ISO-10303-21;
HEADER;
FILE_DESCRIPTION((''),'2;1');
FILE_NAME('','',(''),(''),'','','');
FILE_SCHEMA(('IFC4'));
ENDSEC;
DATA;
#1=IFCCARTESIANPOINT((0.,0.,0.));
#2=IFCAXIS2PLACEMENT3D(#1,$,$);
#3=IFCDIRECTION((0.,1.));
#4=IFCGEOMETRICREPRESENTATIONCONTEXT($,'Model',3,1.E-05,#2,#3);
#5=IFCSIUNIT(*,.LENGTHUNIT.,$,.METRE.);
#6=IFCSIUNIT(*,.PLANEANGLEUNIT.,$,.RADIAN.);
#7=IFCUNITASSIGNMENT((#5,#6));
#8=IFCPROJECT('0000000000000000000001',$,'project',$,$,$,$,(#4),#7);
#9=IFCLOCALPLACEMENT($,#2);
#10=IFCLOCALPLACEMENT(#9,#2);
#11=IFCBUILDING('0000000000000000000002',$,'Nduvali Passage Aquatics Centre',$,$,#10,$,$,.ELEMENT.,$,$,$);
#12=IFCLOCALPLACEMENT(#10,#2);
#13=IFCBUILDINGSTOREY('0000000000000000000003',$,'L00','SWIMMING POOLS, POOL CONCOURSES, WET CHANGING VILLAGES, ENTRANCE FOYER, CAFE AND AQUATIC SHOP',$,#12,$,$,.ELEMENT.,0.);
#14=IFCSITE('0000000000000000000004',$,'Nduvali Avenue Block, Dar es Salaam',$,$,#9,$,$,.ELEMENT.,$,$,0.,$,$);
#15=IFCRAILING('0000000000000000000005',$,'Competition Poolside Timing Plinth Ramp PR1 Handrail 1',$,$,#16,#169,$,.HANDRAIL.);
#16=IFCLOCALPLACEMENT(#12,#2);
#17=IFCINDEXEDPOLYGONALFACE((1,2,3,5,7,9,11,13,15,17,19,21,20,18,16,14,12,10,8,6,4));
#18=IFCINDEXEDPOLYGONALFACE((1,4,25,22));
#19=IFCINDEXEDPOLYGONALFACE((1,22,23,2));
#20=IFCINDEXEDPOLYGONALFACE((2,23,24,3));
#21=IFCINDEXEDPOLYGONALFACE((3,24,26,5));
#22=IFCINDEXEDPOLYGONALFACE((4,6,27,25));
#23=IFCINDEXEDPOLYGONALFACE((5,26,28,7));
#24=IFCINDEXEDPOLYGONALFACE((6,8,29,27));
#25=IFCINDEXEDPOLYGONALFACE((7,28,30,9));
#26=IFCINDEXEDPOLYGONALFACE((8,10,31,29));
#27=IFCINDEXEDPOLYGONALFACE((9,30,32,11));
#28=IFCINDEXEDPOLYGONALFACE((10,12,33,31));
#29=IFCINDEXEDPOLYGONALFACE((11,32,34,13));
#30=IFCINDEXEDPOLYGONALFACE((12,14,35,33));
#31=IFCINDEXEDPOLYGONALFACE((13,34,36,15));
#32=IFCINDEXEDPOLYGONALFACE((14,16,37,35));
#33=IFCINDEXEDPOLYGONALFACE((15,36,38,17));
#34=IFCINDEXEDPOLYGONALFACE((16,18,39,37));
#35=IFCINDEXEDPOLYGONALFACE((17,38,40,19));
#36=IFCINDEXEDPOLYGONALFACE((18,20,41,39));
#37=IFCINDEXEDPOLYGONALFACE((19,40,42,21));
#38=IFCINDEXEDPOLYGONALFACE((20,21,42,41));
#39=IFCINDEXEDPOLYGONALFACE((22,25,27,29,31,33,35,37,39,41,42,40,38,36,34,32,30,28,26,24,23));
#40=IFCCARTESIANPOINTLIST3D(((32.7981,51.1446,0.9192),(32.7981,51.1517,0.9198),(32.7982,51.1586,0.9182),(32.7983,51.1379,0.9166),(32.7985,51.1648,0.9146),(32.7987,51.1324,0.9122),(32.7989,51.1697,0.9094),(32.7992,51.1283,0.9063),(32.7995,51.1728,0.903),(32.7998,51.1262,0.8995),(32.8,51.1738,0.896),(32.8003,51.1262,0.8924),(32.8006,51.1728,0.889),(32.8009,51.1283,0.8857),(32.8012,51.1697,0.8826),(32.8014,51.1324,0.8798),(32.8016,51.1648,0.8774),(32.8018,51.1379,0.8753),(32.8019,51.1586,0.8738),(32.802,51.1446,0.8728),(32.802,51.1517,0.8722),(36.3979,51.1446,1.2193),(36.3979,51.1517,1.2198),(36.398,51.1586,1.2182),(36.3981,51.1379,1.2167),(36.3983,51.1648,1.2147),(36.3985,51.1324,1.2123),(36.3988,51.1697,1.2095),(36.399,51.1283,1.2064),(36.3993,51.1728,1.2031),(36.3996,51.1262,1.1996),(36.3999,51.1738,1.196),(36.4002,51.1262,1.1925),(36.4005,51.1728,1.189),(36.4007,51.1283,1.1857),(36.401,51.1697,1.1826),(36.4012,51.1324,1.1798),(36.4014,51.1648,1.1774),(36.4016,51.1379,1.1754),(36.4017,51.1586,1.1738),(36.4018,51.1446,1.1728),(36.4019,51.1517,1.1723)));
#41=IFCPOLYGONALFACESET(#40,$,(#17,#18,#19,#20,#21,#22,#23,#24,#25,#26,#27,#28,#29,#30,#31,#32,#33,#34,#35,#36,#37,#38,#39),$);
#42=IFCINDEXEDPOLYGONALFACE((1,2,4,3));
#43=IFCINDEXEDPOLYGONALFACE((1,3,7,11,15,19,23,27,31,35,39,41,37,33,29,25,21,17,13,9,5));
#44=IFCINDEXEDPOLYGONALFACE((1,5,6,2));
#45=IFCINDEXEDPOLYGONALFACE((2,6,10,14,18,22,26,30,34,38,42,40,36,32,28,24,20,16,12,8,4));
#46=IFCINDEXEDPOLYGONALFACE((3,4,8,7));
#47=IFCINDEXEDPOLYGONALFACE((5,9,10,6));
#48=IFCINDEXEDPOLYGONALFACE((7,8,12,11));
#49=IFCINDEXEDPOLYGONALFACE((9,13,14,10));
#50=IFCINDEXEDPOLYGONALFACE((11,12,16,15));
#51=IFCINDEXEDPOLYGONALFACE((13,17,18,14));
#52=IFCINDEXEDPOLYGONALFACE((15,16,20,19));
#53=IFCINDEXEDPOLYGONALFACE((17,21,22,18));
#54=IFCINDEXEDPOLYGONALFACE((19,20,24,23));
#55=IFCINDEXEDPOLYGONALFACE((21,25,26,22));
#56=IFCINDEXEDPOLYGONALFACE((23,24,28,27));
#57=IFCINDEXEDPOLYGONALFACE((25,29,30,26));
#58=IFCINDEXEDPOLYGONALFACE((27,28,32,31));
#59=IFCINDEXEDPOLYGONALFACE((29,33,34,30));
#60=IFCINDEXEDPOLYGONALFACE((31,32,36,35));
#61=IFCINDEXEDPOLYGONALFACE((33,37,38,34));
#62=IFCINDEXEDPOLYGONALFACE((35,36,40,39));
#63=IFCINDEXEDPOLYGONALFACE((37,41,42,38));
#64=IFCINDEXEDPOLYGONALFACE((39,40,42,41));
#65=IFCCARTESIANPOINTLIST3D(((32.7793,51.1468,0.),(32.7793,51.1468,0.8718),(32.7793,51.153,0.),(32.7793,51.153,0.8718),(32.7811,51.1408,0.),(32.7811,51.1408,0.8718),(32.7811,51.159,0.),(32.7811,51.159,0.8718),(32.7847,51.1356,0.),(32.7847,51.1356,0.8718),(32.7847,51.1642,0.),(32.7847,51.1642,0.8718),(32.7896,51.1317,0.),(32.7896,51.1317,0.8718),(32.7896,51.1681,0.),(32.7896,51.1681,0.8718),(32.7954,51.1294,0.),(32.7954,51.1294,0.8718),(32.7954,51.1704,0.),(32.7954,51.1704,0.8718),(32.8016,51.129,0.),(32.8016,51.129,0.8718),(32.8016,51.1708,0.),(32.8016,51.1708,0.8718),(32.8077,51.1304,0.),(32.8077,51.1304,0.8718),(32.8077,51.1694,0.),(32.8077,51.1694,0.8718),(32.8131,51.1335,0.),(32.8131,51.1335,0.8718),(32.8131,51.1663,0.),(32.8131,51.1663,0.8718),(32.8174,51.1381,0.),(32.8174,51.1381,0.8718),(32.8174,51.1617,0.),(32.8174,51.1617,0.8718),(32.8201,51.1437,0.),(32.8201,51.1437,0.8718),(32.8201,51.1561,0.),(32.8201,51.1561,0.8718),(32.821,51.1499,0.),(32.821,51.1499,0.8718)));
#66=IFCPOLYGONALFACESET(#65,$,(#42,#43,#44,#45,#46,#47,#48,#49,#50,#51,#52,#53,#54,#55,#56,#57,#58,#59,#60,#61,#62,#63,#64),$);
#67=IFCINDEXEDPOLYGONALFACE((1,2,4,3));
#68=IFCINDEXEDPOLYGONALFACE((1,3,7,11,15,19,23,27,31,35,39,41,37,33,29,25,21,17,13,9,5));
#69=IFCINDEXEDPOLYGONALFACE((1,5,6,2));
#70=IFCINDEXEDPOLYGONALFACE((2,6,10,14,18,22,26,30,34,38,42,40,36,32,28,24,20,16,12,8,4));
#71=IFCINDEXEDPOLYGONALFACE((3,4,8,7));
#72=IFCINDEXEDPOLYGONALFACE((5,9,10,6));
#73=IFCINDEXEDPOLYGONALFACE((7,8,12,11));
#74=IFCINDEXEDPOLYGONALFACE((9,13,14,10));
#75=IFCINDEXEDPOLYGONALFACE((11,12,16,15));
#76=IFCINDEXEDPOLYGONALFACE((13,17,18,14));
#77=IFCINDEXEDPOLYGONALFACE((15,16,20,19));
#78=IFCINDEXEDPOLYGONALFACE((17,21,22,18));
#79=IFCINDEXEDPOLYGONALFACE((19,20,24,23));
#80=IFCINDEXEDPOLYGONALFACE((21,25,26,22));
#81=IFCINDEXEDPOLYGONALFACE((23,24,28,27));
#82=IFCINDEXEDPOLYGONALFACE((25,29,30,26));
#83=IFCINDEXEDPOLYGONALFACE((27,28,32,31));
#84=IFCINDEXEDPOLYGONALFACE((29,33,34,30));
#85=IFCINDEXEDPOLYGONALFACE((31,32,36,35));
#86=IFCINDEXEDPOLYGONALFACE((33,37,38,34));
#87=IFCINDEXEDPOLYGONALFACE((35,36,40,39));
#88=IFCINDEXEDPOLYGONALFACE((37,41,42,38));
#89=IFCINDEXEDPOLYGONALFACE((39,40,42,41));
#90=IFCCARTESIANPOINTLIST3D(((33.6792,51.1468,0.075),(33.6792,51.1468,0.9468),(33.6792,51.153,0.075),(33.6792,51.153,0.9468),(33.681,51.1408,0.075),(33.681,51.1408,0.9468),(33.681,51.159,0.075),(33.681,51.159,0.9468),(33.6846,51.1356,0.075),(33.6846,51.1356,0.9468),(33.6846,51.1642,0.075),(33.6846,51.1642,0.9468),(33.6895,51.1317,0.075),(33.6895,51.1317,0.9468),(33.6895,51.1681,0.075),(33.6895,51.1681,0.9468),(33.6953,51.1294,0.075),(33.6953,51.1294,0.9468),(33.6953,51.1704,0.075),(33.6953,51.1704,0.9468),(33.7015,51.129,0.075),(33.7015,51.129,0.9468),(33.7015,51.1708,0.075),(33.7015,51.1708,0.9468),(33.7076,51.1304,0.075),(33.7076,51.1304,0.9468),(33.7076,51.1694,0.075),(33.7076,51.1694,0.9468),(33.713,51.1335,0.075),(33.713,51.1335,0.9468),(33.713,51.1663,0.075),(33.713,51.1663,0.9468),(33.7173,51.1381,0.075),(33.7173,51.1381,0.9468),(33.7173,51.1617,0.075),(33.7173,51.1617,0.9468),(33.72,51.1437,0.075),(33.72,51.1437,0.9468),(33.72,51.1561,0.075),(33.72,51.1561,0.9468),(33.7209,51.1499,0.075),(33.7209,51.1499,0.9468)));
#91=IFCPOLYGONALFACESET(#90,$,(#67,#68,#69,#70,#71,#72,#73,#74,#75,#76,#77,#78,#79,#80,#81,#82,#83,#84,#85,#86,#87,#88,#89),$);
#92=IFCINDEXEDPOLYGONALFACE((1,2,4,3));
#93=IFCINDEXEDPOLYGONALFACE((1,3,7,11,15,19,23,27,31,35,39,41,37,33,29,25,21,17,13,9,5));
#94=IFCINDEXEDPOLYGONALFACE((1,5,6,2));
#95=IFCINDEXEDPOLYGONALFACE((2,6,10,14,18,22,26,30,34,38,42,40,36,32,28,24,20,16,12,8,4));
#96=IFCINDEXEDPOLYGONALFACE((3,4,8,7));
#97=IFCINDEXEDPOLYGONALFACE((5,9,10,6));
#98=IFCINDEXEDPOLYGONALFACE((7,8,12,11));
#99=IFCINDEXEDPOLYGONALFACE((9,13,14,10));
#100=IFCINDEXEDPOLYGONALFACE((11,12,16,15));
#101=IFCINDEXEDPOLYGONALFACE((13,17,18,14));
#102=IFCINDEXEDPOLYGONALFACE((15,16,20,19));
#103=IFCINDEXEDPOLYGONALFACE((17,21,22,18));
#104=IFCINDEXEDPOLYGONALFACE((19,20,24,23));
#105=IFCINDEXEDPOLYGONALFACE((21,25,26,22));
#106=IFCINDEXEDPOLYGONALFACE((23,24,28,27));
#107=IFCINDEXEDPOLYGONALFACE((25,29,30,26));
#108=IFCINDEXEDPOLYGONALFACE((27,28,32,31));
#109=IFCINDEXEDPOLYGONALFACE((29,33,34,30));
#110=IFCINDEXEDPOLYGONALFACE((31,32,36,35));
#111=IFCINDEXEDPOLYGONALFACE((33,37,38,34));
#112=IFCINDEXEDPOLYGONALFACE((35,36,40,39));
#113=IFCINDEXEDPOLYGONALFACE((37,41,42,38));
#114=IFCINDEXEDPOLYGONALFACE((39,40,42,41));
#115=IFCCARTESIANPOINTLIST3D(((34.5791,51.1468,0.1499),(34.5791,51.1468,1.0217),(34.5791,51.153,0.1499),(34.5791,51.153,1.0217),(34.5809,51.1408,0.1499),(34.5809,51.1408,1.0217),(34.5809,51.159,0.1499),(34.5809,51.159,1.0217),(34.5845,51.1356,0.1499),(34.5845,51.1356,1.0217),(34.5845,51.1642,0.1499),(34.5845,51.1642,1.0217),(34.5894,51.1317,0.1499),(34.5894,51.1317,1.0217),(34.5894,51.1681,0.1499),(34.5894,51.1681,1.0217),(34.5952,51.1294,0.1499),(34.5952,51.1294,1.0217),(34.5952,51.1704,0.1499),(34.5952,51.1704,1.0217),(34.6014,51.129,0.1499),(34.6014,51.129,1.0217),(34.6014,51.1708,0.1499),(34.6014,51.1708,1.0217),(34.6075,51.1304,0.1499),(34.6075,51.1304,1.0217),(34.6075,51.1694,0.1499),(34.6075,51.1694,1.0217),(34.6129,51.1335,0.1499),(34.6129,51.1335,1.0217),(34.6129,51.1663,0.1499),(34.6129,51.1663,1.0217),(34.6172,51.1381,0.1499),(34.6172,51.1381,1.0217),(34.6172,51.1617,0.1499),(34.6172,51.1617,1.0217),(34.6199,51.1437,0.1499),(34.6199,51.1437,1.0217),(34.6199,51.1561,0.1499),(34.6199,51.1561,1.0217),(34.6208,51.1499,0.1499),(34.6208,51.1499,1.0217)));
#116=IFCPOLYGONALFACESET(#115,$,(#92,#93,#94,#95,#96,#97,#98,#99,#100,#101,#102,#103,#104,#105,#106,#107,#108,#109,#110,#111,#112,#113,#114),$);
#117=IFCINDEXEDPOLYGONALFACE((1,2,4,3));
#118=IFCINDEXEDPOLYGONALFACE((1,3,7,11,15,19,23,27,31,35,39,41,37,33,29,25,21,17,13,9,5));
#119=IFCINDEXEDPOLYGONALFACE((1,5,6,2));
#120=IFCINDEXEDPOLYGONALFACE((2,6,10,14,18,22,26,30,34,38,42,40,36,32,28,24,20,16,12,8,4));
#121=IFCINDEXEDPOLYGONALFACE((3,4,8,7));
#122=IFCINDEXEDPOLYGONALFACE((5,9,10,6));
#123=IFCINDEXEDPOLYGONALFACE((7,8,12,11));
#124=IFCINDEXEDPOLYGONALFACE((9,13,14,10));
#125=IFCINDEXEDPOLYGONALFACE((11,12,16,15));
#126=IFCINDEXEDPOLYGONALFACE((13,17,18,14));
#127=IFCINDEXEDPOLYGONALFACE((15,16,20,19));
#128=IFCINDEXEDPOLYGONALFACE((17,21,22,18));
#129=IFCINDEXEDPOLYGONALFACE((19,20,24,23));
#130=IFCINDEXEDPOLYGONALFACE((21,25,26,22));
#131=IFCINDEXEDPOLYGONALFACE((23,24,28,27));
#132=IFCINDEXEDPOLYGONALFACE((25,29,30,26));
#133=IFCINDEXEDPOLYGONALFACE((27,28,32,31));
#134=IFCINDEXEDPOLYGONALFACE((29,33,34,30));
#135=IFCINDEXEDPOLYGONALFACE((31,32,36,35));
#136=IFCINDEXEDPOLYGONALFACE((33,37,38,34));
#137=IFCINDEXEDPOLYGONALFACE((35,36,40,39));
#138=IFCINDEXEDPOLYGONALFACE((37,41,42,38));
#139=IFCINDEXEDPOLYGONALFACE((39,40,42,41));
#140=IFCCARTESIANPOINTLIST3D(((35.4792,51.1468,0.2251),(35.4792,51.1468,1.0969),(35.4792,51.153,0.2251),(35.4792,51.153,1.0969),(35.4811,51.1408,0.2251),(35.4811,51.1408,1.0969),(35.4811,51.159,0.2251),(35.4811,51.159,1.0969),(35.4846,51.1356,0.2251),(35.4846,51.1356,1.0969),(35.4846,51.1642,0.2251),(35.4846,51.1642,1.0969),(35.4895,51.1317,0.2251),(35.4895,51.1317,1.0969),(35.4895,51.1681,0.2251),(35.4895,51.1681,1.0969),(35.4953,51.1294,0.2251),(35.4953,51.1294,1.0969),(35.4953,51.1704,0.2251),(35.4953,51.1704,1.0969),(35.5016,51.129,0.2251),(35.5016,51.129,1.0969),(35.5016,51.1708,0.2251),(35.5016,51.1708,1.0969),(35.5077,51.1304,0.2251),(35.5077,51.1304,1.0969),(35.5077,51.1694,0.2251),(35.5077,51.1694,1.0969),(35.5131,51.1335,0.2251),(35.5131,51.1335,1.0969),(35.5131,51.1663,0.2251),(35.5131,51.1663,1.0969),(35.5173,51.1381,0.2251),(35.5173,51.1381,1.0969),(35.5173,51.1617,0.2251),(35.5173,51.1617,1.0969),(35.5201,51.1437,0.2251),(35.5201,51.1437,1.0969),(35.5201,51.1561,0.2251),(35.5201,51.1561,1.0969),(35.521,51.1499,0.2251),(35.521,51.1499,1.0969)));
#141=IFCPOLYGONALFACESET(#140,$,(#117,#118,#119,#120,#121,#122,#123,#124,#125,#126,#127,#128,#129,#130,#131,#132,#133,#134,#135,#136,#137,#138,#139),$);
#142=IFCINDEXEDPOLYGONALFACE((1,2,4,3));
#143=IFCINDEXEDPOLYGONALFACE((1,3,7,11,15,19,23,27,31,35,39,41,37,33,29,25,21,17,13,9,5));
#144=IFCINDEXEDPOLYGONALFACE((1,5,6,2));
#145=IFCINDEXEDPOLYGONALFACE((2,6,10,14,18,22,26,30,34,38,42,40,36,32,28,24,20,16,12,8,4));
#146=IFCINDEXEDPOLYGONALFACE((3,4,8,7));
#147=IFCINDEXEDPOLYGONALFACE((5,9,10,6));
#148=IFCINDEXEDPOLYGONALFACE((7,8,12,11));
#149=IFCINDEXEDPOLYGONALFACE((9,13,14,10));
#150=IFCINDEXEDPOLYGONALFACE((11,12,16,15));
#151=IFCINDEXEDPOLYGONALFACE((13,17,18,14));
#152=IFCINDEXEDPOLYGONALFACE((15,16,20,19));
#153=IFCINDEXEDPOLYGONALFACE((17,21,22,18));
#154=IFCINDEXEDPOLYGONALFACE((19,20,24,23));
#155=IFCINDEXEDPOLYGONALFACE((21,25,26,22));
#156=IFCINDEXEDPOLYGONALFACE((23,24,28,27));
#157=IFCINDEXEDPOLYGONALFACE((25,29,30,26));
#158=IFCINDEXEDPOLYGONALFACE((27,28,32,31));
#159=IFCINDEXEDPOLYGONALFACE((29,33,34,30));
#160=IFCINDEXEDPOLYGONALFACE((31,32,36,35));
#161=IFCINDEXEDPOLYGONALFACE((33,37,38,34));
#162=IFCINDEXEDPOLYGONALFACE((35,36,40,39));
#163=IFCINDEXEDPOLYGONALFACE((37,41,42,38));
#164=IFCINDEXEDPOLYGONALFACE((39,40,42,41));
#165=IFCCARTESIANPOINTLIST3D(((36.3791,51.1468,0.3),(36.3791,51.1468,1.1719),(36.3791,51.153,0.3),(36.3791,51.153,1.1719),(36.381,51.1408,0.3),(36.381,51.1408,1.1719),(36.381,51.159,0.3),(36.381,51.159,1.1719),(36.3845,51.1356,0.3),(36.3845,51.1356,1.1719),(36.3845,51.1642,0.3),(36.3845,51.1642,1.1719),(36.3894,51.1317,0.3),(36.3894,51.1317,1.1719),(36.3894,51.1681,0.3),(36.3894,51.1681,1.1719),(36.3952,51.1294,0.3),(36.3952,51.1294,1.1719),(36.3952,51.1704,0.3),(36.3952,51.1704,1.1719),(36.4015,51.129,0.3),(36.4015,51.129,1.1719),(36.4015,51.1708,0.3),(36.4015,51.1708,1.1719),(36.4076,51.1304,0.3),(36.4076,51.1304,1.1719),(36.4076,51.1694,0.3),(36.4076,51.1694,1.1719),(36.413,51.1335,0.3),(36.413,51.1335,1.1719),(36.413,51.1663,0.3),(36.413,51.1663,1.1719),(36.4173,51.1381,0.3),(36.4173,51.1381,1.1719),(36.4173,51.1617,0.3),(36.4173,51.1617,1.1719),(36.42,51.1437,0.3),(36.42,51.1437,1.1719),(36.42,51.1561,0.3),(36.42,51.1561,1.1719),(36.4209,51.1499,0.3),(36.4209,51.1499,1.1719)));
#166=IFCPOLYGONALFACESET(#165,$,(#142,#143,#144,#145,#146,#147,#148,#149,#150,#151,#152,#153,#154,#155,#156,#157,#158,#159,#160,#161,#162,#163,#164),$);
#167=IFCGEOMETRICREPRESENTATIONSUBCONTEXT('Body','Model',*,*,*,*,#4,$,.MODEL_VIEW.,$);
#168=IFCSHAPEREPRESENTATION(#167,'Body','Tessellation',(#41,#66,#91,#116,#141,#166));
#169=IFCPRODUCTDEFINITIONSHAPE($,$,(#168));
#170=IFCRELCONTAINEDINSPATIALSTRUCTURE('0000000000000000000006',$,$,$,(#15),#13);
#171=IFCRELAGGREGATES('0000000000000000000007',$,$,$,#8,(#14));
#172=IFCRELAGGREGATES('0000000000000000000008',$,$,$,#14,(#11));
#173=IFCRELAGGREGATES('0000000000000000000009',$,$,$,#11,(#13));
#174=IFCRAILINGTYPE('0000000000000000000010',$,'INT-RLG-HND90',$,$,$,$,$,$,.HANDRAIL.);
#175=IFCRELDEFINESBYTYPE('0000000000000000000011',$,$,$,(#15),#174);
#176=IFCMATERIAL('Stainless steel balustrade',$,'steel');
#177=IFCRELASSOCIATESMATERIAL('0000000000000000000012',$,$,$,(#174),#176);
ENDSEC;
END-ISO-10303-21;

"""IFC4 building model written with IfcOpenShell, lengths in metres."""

from ifc_helpers import new_model, si_unit, direction, frame, origin, origin_2d, place, context, subcontext, project, spatial, circle, extrude, material, type_object, element, save


model = new_model("IFC4")

# Units and contexts
model_context = context("Model", 3, precision=1e-05, world=origin(), true_north=direction((0.0, 1.0)))
body_context = subcontext(model_context, "Body", "Model", "MODEL_VIEW")
ifc_project = project(units=[si_unit("LENGTHUNIT", "METRE"), si_unit("PLANEANGLEUNIT", "RADIAN")], contexts=[model_context])

# Site, building, storey
site_placement = place(None, origin())
site = spatial("IfcSite", under=ifc_project, at=site_placement, Name="Nduvali Avenue Block, Dar es Salaam", CompositionType="ELEMENT", RefElevation=0.0)
building_placement = place(site_placement, origin())
building = spatial("IfcBuilding", under=site, at=building_placement, Name="Nduvali Passage Aquatics Centre", CompositionType="ELEMENT")
storey_placement = place(building_placement, origin())
storey = spatial("IfcBuildingStorey", under=building, at=storey_placement, Name="L00", Description="SWIMMING POOLS, POOL CONCOURSES, WET CHANGING VILLAGES, ENTRANCE FOYER, CAFE AND AQUATIC SHOP", CompositionType="ELEMENT", Elevation=0.0)

# Railing
ifc_material_1 = material(Name="Stainless steel balustrade", Category="steel")
railing_type_1 = type_object("IfcRailingType", Name="INT-RLG-HND90", PredefinedType="HANDRAIL", material=ifc_material_1)
for number, where, name in (
    (1, (32.8, 51.1499, 0.0), "Competition Poolside Timing Plinth Ramp PR1 Handrail 1"),
):
    element("IfcRailing", number, at=place(storey_placement, frame(where)), inside=storey, type_object=railing_type_1, Name=name, PredefinedType="HANDRAIL", context=body_context, shape_type="SweptSolid", body=[
        extrude(circle(Radius=0.0239, at=origin_2d()), frame((0.0, 0.0, 0.896), z_axis=(0.996544, 0.0, 0.083062), x_axis=(0.0, 1.0, 0.0)), (0.0, 0.0, 1.0), 3.6123),
        extrude(circle(Radius=0.021, at=origin_2d()), origin(), (0.0, 0.0, 1.0), 0.8718),
        extrude(circle(Radius=0.021, at=origin_2d()), frame((0.8999, 0.0, 0.075)), (0.0, 0.0, 1.0), 0.8718),
        extrude(circle(Radius=0.021, at=origin_2d()), frame((1.7998, 0.0, 0.1499)), (0.0, 0.0, 1.0), 0.8718),
        extrude(circle(Radius=0.021, at=origin_2d()), frame((2.7, 0.0, 0.2251)), (0.0, 0.0, 1.0), 0.8718),
        extrude(circle(Radius=0.021, at=origin_2d()), frame((3.5999, 0.0, 0.3)), (0.0, 0.0, 1.0), 0.8718),
    ])

save(model, "model.ifc")
